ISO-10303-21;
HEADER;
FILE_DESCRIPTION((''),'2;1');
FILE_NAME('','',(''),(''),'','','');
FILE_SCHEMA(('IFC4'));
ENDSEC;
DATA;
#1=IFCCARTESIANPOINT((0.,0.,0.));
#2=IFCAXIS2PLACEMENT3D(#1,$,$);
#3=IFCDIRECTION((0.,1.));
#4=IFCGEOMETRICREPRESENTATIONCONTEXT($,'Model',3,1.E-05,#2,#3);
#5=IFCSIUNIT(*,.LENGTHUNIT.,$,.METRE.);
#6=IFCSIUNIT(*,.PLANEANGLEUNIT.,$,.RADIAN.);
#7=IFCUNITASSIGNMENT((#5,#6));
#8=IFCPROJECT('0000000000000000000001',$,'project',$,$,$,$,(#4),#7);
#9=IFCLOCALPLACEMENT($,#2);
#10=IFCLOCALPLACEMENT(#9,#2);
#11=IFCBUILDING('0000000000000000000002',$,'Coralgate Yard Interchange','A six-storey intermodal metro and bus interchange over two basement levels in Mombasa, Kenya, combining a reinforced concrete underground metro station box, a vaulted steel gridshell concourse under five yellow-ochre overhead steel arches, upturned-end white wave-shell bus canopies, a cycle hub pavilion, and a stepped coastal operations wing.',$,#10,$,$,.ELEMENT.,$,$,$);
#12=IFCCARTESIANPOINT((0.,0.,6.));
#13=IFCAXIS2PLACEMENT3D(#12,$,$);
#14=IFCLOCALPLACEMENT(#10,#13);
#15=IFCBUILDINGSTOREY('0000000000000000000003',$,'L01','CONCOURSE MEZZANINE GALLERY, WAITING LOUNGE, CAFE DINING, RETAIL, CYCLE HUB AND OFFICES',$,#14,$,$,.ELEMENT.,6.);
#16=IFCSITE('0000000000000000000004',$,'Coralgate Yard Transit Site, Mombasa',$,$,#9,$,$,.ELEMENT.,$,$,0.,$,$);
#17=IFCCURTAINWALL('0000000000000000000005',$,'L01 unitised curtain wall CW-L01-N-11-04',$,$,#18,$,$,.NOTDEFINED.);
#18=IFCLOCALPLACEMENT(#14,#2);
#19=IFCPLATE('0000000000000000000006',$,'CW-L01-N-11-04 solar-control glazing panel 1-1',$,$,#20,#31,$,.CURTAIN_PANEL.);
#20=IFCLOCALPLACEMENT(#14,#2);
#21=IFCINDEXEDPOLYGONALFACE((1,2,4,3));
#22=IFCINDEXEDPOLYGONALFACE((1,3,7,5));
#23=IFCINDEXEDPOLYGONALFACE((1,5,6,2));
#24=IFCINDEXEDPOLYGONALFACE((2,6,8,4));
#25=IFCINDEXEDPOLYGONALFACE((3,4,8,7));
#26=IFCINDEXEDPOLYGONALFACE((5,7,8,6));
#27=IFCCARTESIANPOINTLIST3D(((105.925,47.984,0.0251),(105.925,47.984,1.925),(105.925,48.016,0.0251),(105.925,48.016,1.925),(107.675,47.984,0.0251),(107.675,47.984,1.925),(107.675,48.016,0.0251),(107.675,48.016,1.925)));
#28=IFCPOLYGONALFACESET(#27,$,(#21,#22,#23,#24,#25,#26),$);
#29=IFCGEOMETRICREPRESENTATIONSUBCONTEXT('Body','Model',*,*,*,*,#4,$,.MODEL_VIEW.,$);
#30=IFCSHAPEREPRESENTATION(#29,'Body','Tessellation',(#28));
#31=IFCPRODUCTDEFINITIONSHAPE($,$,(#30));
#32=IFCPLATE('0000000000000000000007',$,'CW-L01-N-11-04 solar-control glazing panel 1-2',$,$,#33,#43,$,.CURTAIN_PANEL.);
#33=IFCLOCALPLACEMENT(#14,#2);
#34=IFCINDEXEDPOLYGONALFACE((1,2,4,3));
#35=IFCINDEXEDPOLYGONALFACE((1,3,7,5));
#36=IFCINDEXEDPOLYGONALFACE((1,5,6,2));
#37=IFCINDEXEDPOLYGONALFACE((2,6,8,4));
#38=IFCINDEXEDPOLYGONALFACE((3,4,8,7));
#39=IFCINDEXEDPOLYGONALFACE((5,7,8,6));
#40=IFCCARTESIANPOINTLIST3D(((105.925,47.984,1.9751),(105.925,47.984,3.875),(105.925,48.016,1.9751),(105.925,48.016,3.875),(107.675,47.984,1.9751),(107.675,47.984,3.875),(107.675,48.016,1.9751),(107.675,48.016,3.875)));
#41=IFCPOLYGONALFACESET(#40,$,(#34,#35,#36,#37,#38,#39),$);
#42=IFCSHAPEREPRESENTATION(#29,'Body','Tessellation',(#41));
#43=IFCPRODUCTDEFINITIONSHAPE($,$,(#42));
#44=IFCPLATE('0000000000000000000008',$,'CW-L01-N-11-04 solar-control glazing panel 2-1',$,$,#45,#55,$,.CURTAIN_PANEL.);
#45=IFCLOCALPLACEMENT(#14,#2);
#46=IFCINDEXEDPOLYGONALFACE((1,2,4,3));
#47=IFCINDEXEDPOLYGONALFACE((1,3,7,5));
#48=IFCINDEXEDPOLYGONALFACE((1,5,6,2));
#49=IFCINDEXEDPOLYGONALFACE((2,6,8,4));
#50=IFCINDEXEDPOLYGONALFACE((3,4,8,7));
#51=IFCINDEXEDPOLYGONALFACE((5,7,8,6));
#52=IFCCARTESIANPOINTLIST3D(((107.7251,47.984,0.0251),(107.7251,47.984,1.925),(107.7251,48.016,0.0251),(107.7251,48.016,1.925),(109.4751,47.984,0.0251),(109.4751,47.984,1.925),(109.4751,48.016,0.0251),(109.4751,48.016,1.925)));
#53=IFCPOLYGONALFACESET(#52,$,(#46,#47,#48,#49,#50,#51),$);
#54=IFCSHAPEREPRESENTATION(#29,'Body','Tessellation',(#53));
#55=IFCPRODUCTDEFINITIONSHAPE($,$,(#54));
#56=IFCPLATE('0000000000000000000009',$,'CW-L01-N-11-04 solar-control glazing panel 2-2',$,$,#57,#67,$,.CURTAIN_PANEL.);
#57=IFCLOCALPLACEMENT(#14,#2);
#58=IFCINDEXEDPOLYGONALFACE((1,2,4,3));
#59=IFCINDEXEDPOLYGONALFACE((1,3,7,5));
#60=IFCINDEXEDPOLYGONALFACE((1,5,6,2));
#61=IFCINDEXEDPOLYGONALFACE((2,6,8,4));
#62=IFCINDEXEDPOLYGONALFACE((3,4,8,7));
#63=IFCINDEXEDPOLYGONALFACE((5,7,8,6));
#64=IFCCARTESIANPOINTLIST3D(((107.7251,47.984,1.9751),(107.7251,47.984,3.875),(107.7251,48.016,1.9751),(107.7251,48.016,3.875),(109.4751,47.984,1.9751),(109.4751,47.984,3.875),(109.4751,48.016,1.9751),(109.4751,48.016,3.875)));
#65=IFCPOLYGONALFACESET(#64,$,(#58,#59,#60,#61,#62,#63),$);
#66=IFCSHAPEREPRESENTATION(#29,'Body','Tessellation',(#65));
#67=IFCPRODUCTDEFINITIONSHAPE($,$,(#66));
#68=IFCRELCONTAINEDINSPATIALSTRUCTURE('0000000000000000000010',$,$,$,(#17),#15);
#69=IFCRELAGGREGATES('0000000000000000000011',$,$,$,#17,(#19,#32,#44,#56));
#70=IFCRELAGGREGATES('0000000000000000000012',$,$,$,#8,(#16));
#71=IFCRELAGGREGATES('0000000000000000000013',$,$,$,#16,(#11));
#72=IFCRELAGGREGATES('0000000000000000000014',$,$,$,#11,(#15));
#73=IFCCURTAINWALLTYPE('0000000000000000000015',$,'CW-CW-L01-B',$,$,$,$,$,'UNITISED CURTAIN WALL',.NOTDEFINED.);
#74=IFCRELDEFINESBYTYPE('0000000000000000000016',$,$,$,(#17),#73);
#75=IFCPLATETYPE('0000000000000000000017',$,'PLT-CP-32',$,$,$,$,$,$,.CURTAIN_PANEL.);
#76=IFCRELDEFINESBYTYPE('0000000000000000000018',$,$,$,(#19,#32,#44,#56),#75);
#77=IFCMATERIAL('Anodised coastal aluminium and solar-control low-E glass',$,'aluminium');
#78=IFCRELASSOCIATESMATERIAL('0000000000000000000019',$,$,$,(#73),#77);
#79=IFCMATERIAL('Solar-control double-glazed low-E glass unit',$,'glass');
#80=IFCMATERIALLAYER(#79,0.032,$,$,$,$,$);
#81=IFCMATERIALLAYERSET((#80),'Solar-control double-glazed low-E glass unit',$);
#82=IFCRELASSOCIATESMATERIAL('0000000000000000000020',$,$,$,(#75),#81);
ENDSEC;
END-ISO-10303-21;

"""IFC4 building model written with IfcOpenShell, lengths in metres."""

from ifc_helpers import new_model, si_unit, direction, frame, origin, origin_2d, place, context, subcontext, project, spatial, rectangle, extrude, material, layer, layer_set, type_object, element, aggregate, save


model = new_model("IFC4")

# Units and contexts
model_context = context("Model", 3, precision=1e-05, world=origin(), true_north=direction((0.0, 1.0)))
body_context = subcontext(model_context, "Body", "Model", "MODEL_VIEW")
ifc_project = project(units=[si_unit("LENGTHUNIT", "METRE"), si_unit("PLANEANGLEUNIT", "RADIAN")], contexts=[model_context])

# Site, building, storey
site_placement = place(None, origin())
site = spatial("IfcSite", under=ifc_project, at=site_placement, Name="Coralgate Yard Transit Site, Mombasa", CompositionType="ELEMENT", RefElevation=0.0)
building_placement = place(site_placement, origin())
building = spatial("IfcBuilding", under=site, at=building_placement, Name="Coralgate Yard Interchange", Description="A six-storey intermodal metro and bus interchange over two basement levels in Mombasa, Kenya, combining a reinforced concrete underground metro station box, a vaulted steel gridshell concourse under five yellow-ochre overhead steel arches, upturned-end white wave-shell bus canopies, a cycle hub pavilion, and a stepped coastal operations wing.", CompositionType="ELEMENT")
storey_placement = place(building_placement, frame((0.0, 0.0, 6.0)))
storey = spatial("IfcBuildingStorey", under=building, at=storey_placement, Name="L01", Description="CONCOURSE MEZZANINE GALLERY, WAITING LOUNGE, CAFE DINING, RETAIL, CYCLE HUB AND OFFICES", CompositionType="ELEMENT", Elevation=6.0)

# Curtain wall
ifc_material_1 = material(Name="Anodised coastal aluminium and solar-control low-E glass", Category="aluminium")
curtain_wall_type = type_object("IfcCurtainWallType", Name="CW-CW-L01-B", ElementType="UNITISED CURTAIN WALL", PredefinedType="NOTDEFINED", material=ifc_material_1)
curtain_wall_1_placement = place(storey_placement, origin())
curtain_wall_1 = element("IfcCurtainWall", 1, at=curtain_wall_1_placement, inside=storey, type_object=curtain_wall_type, Name="L01 unitised curtain wall CW-L01-N-11-04", PredefinedType="NOTDEFINED")

# Plates
ifc_material_2 = material(Name="Solar-control double-glazed low-E glass unit", Category="glass")
ifc_layer = layer(ifc_material_2, 0.032)
ifc_layer_set = layer_set([ifc_layer], Name="Solar-control double-glazed low-E glass unit")
plate_type = type_object("IfcPlateType", Name="PLT-CP-32", PredefinedType="CURTAIN_PANEL", material=ifc_layer_set)
plate_1_placement = place(storey_placement, frame((106.8, 48.0, 0.0251), z_axis=(0.0, 0.0, 1.0), x_axis=(1.0, 0.0, 0.0)))
plate_1 = element("IfcPlate", 2, at=plate_1_placement, type_object=plate_type, Name="CW-L01-N-11-04 solar-control glazing panel 1-1", PredefinedType="CURTAIN_PANEL", context=body_context, shape_type="SweptSolid", body=[
    extrude(rectangle(XDim=1.75, YDim=0.032, at=origin_2d()), origin(), (0.0, 0.0, 1.0), 1.8999),
])
plate_2_placement = place(storey_placement, frame((106.8, 48.0, 1.9751), z_axis=(0.0, 0.0, 1.0), x_axis=(1.0, 0.0, 0.0)))
plate_2 = element("IfcPlate", 3, at=plate_2_placement, type_object=plate_type, Name="CW-L01-N-11-04 solar-control glazing panel 1-2", PredefinedType="CURTAIN_PANEL", context=body_context, shape_type="SweptSolid", body=[
    extrude(rectangle(XDim=1.75, YDim=0.032, at=origin_2d()), origin(), (0.0, 0.0, 1.0), 1.8999),
])
plate_3_placement = place(storey_placement, frame((108.6001, 48.0, 0.0251), z_axis=(0.0, 0.0, 1.0), x_axis=(1.0, 0.0, 0.0)))
plate_3 = element("IfcPlate", 4, at=plate_3_placement, type_object=plate_type, Name="CW-L01-N-11-04 solar-control glazing panel 2-1", PredefinedType="CURTAIN_PANEL", context=body_context, shape_type="SweptSolid", body=[
    extrude(rectangle(XDim=1.75, YDim=0.032, at=origin_2d()), origin(), (0.0, 0.0, 1.0), 1.8999),
])
plate_4_placement = place(storey_placement, frame((108.6001, 48.0, 1.9751), z_axis=(0.0, 0.0, 1.0), x_axis=(1.0, 0.0, 0.0)))
plate_4 = element("IfcPlate", 5, at=plate_4_placement, type_object=plate_type, Name="CW-L01-N-11-04 solar-control glazing panel 2-2", PredefinedType="CURTAIN_PANEL", context=body_context, shape_type="SweptSolid", body=[
    extrude(rectangle(XDim=1.75, YDim=0.032, at=origin_2d()), origin(), (0.0, 0.0, 1.0), 1.8999),
])
aggregate(curtain_wall_1, [plate_1, plate_2, plate_3, plate_4])

save(model, "model.ifc")
